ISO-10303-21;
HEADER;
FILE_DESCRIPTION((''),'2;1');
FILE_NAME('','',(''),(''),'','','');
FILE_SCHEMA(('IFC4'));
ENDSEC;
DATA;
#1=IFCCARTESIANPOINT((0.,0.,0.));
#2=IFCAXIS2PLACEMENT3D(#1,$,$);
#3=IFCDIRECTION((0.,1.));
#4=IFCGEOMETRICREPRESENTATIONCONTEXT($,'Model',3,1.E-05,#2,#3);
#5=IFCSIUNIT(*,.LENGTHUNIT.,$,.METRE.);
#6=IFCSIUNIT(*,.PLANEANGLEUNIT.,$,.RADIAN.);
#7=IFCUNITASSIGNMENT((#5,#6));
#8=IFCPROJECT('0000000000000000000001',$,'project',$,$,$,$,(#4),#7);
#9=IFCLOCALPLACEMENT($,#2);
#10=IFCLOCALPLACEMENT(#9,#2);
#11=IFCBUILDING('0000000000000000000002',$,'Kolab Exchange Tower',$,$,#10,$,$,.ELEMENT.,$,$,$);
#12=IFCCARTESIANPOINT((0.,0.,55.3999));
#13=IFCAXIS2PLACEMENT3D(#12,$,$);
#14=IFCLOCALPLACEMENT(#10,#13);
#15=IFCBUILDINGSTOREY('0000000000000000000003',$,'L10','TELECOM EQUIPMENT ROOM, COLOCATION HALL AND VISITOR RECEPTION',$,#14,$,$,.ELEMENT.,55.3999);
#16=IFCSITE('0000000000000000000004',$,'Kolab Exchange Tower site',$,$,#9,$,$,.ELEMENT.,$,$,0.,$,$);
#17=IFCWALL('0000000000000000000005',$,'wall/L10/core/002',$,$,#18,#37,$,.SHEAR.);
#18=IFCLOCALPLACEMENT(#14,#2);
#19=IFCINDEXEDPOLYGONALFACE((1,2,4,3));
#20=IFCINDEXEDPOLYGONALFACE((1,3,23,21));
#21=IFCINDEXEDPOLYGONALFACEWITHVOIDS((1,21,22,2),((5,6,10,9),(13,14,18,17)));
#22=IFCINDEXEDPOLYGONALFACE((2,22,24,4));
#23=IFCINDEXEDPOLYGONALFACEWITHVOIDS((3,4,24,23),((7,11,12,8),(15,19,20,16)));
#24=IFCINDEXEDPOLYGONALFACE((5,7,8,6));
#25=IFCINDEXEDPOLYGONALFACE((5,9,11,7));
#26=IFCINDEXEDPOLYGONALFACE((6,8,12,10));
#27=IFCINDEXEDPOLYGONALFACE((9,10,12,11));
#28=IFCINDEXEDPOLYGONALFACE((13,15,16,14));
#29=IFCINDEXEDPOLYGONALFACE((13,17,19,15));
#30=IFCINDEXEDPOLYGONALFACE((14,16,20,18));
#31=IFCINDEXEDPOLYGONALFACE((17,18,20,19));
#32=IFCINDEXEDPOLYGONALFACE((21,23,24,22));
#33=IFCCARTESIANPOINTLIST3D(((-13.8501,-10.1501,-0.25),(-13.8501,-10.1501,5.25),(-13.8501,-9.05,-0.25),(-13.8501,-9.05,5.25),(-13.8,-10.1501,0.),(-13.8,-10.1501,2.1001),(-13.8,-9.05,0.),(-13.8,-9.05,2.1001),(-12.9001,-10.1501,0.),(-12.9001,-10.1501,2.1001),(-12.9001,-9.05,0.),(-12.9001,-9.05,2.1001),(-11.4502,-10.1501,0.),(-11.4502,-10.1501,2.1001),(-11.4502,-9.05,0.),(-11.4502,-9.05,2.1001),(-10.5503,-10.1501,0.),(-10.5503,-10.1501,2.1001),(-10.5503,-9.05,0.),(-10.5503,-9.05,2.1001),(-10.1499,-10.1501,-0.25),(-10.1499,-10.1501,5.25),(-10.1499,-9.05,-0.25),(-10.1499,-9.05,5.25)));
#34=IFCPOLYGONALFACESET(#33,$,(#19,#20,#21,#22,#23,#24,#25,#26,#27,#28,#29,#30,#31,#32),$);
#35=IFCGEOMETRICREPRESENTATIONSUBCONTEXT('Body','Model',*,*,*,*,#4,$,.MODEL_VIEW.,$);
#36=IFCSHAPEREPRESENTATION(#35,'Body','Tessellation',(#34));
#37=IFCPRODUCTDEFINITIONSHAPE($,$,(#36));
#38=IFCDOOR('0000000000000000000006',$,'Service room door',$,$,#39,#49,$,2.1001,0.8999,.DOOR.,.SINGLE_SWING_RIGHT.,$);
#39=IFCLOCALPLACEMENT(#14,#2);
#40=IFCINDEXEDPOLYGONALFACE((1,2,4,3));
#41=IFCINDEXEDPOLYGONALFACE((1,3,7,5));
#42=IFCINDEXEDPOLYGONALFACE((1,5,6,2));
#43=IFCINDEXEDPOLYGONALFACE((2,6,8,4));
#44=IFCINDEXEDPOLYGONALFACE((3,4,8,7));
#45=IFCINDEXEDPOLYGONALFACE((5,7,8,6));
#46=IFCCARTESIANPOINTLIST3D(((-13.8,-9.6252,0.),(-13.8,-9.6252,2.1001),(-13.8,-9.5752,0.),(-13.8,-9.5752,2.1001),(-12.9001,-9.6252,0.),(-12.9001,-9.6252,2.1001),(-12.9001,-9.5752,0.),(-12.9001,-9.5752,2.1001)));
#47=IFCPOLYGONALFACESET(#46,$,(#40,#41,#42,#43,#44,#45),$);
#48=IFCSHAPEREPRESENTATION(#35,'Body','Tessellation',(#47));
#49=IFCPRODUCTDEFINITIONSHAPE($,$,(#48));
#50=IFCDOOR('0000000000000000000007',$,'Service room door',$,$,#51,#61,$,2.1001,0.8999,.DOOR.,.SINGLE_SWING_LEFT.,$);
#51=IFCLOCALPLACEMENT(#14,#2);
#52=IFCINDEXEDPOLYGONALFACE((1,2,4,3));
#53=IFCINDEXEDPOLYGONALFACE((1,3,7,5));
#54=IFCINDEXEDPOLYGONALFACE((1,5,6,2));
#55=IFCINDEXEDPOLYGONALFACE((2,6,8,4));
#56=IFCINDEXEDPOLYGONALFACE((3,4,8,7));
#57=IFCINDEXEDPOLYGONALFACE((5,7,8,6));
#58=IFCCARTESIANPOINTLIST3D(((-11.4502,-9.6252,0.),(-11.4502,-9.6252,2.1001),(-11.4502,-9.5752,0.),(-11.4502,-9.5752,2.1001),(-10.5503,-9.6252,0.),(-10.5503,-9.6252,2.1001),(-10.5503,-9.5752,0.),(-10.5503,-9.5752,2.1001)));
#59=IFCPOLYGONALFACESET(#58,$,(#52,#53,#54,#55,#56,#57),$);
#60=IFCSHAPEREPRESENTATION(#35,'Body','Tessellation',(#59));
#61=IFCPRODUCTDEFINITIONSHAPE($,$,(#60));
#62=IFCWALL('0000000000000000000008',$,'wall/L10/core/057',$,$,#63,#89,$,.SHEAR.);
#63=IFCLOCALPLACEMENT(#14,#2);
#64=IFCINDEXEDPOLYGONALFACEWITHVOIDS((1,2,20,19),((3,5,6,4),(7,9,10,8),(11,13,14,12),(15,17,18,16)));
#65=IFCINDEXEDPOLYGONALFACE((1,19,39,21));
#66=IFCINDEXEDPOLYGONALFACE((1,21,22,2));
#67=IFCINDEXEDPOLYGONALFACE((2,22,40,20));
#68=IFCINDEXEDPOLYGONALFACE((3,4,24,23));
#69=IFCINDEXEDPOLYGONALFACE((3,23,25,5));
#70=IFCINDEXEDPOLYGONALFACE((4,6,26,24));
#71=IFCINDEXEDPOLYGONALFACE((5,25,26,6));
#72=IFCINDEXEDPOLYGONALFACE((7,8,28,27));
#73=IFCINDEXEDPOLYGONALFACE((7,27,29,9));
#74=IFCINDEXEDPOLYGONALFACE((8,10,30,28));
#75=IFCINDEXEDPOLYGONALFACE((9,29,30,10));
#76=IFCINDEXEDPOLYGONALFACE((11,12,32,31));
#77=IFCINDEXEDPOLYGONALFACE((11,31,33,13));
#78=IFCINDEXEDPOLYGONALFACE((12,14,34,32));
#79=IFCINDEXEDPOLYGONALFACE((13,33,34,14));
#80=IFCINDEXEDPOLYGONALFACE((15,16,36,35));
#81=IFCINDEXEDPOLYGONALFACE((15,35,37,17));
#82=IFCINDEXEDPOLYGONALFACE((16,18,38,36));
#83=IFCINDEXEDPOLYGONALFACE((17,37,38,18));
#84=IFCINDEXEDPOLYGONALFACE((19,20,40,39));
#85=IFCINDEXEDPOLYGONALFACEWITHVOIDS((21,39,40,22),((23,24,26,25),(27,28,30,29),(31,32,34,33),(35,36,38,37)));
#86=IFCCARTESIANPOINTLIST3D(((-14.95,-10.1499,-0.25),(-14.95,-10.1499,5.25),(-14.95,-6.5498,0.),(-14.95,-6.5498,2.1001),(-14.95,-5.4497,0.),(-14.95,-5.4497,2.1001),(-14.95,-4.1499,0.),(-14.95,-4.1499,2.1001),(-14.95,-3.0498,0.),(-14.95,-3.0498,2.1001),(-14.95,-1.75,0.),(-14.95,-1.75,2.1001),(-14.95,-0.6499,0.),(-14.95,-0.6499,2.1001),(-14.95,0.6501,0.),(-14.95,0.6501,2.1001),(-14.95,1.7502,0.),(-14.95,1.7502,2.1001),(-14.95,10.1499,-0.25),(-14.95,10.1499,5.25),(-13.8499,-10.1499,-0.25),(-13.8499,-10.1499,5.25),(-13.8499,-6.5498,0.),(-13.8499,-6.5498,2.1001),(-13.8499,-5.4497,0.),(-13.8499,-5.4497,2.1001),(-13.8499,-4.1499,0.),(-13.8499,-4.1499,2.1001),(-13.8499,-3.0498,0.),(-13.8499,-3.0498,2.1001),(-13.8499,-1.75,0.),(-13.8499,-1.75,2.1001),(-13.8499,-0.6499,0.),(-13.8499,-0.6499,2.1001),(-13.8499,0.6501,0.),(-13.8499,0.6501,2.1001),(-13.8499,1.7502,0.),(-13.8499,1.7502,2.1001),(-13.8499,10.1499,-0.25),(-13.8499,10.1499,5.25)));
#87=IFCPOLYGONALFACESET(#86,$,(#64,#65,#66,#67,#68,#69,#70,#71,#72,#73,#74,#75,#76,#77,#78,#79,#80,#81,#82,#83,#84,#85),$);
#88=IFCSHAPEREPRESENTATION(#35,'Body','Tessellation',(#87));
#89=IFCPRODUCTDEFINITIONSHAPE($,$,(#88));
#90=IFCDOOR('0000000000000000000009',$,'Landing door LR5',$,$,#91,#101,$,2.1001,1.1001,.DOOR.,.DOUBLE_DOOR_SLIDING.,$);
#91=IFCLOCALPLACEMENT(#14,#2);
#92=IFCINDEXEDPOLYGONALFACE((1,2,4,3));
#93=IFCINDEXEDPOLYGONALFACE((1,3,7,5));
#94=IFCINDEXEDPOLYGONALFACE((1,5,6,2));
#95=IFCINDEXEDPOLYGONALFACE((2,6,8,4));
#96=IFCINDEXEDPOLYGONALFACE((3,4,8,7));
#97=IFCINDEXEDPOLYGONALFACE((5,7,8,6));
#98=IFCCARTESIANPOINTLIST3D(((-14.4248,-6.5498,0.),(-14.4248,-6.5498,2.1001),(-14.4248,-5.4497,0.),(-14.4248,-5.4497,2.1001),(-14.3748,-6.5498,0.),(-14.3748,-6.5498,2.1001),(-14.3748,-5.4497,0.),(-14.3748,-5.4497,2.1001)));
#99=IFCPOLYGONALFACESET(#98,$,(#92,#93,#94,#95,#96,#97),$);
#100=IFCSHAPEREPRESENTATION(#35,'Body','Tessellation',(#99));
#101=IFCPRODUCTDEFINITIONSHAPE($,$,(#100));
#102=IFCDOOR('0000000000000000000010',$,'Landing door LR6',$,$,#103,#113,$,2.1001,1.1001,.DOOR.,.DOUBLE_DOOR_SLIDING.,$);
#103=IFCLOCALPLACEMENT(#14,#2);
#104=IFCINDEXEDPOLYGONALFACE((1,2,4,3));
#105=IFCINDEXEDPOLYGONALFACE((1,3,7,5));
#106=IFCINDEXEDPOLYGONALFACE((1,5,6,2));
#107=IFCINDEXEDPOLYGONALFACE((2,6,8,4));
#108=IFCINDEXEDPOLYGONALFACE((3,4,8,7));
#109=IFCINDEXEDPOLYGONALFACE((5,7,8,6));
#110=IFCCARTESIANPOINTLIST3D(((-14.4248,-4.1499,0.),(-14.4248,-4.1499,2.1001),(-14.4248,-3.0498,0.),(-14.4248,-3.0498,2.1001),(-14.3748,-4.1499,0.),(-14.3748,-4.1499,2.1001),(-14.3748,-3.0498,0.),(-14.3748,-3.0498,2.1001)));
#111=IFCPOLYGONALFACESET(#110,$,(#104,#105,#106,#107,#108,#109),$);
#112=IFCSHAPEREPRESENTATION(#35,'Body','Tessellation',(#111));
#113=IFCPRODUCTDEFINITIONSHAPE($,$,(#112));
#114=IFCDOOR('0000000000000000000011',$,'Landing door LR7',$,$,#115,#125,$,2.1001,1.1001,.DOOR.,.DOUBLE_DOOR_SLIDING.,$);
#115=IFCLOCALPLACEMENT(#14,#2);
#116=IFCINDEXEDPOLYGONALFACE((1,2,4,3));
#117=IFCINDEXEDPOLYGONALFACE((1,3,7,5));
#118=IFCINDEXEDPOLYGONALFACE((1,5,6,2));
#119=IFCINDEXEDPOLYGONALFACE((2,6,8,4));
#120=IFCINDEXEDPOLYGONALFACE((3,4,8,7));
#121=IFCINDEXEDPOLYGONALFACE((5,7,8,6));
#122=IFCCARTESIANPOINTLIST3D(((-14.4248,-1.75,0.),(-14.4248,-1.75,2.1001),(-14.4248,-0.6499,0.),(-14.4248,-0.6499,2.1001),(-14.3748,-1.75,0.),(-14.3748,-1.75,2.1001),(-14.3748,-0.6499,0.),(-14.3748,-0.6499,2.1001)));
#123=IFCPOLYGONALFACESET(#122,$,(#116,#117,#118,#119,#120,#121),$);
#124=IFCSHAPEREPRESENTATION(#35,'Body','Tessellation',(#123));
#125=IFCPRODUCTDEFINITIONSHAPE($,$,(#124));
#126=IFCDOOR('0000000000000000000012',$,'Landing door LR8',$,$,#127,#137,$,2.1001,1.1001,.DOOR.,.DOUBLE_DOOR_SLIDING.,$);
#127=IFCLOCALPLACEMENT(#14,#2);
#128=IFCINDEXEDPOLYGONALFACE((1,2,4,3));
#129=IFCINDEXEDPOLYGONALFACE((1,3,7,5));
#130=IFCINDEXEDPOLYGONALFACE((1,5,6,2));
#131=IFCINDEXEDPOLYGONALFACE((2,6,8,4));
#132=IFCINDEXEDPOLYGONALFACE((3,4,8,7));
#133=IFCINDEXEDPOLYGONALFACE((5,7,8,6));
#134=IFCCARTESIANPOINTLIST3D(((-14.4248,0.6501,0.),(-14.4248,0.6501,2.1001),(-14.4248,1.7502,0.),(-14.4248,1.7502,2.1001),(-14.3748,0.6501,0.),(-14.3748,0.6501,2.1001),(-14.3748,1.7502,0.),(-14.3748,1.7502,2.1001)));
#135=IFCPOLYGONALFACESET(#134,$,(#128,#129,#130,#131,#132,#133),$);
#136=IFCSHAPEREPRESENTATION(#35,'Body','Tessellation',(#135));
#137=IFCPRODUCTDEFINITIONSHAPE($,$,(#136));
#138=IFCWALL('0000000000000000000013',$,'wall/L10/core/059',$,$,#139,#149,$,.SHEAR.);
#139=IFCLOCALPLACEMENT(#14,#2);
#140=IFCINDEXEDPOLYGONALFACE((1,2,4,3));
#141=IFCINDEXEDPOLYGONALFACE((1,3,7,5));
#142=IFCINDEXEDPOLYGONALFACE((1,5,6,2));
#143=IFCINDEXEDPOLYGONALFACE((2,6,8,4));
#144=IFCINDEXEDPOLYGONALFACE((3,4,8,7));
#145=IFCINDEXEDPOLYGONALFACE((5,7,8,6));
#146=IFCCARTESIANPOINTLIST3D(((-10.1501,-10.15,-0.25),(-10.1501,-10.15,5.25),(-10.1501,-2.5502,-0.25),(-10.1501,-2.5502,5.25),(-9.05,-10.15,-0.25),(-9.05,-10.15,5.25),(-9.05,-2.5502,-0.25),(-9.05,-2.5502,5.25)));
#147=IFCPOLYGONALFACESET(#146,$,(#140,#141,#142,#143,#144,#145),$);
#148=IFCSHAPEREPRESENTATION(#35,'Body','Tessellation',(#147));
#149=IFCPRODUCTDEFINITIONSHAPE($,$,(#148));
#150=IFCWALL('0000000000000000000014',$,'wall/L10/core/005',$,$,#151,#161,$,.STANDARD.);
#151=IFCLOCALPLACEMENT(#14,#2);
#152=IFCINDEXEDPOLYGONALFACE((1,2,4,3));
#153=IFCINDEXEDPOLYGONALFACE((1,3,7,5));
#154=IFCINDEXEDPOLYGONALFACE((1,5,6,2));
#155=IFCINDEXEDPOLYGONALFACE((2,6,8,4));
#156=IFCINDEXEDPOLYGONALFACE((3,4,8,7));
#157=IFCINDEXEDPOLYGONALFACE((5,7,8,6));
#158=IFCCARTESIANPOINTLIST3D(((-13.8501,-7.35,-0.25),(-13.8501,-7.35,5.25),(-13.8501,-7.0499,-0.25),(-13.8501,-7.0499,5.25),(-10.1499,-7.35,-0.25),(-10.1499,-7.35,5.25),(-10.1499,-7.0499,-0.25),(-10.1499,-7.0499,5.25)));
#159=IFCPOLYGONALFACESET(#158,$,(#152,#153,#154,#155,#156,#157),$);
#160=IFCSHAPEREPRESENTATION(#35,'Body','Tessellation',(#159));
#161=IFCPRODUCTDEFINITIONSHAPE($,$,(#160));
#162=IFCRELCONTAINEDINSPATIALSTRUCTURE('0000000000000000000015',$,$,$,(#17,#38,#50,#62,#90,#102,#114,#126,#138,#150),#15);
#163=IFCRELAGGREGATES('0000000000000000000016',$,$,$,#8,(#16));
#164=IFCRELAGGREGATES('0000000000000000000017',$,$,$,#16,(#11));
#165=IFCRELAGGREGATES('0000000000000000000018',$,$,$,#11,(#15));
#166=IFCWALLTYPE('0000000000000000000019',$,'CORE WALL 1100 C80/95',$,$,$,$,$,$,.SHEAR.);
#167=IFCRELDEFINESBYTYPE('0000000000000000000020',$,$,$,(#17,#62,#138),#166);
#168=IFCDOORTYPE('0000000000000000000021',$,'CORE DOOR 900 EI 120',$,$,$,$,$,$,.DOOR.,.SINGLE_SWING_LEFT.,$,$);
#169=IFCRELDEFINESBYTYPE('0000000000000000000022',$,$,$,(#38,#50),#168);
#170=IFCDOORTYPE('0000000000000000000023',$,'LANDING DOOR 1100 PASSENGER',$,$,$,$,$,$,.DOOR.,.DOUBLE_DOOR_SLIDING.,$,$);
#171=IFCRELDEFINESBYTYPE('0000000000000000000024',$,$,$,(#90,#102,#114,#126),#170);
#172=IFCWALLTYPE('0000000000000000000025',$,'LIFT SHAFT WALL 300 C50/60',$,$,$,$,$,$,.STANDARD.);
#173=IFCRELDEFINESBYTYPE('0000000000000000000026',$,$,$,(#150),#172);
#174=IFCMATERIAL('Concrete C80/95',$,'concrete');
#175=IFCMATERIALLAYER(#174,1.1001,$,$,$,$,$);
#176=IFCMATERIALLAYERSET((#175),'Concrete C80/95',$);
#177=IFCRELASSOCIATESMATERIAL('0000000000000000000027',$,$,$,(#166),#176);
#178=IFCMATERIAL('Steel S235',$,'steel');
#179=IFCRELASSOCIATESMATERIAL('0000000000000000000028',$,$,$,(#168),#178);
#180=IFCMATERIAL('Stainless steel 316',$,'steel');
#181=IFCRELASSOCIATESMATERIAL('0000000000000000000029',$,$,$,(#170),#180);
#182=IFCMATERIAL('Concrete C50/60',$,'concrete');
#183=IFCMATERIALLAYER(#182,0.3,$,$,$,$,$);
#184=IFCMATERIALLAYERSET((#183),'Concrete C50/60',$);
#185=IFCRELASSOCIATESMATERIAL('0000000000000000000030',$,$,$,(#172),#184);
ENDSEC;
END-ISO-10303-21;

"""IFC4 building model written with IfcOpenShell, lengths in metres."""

from ifc_helpers import new_model, si_unit, direction, frame, frame_2d, origin, place, context, subcontext, project, spatial, rectangle, extrude, material, layer, layer_set, type_object, element, fill, save


model = new_model("IFC4")

# Units and contexts
model_context = context("Model", 3, precision=1e-05, world=origin(), true_north=direction((0.0, 1.0)))
body_context = subcontext(model_context, "Body", "Model", "MODEL_VIEW")
ifc_project = project(units=[si_unit("LENGTHUNIT", "METRE"), si_unit("PLANEANGLEUNIT", "RADIAN")], contexts=[model_context])

# Site, building, storey
site_placement = place(None, origin())
site = spatial("IfcSite", under=ifc_project, at=site_placement, Name="Kolab Exchange Tower site", CompositionType="ELEMENT", RefElevation=0.0)
building_placement = place(site_placement, origin())
building = spatial("IfcBuilding", under=site, at=building_placement, Name="Kolab Exchange Tower", CompositionType="ELEMENT")
storey_placement = place(building_placement, frame((0.0, 0.0, 55.3999)))
storey = spatial("IfcBuildingStorey", under=building, at=storey_placement, Name="L10", Description="TELECOM EQUIPMENT ROOM, COLOCATION HALL AND VISITOR RECEPTION", CompositionType="ELEMENT", Elevation=55.3999)

# Walls, openings, doors
ifc_material_1 = material(Name="Concrete C80/95", Category="concrete")
ifc_layer_1 = layer(ifc_material_1, 1.1001)
ifc_layer_set_1 = layer_set([ifc_layer_1], Name="Concrete C80/95")
wall_type_1 = type_object("IfcWallType", Name="CORE WALL 1100 C80/95", PredefinedType="SHEAR", material=ifc_layer_set_1)
wall_1_placement = place(storey_placement, frame((-13.8501, -9.6001, -0.25), z_axis=(0.0, 0.0, 1.0), x_axis=(1.0, 0.0, 0.0)))
wall_1 = element("IfcWall", 1, at=wall_1_placement, inside=storey, type_object=wall_type_1, Name="wall/L10/core/002", PredefinedType="SHEAR", context=body_context, shape_type="SweptSolid", body=[
    extrude(rectangle(XDim=3.7002, YDim=1.1001, at=frame_2d((1.8501, 0.0))), origin(), (0.0, 0.0, 1.0), 5.5),
])
opening_1_placement = place(wall_1_placement, frame((0.05, 0.0, 0.25)))
opening_1 = element("IfcOpeningElement", 2, at=opening_1_placement, cuts=wall_1, PredefinedType="OPENING", context=body_context, shape_type="SweptSolid", body=[
    extrude(rectangle(XDim=0.8999, YDim=2.1001, at=frame_2d((0.45, 1.05))), frame((0.0, 0.5601, 0.0), z_axis=(0.0, -1.0, 0.0), x_axis=(1.0, 0.0, 0.0)), (0.0, 0.0, 1.0), 1.1201),
])
opening_2_placement = place(wall_1_placement, frame((2.3999, 0.0, 0.25)))
opening_2 = element("IfcOpeningElement", 3, at=opening_2_placement, cuts=wall_1, PredefinedType="OPENING", context=body_context, shape_type="SweptSolid", body=[
    extrude(rectangle(XDim=0.8999, YDim=2.1001, at=frame_2d((0.45, 1.05))), frame((0.0, 0.5601, 0.0), z_axis=(0.0, -1.0, 0.0), x_axis=(1.0, 0.0, 0.0)), (0.0, 0.0, 1.0), 1.1201),
])
ifc_material_2 = material(Name="Steel S235", Category="steel")
door_type_1 = type_object("IfcDoorType", Name="CORE DOOR 900 EI 120", OperationType="SINGLE_SWING_LEFT", PredefinedType="DOOR", material=ifc_material_2)
door_1_placement = place(opening_1_placement, origin())
door_1 = element("IfcDoor", 4, at=door_1_placement, inside=storey, type_object=door_type_1, Name="Service room door", OperationType="SINGLE_SWING_RIGHT", OverallHeight=2.1001, OverallWidth=0.8999, PredefinedType="DOOR", context=body_context, shape_type="SweptSolid", body=[
    extrude(rectangle(XDim=0.8999, YDim=2.1001, at=frame_2d((0.45, 1.05))), frame((0.0, 0.0249, 0.0), z_axis=(0.0, -1.0, 0.0), x_axis=(1.0, 0.0, 0.0)), (0.0, 0.0, 1.0), 0.05),
])
fill(opening_1, door_1)
door_2_placement = place(opening_2_placement, origin())
door_2 = element("IfcDoor", 5, at=door_2_placement, inside=storey, type_object=door_type_1, Name="Service room door", OperationType="SINGLE_SWING_LEFT", OverallHeight=2.1001, OverallWidth=0.8999, PredefinedType="DOOR", context=body_context, shape_type="SweptSolid", body=[
    extrude(rectangle(XDim=0.8999, YDim=2.1001, at=frame_2d((0.45, 1.05))), frame((0.0, 0.0249, 0.0), z_axis=(0.0, -1.0, 0.0), x_axis=(1.0, 0.0, 0.0)), (0.0, 0.0, 1.0), 0.05),
])
fill(opening_2, door_2)
wall_2_placement = place(storey_placement, frame((-14.3999, -10.1499, -0.25), z_axis=(0.0, 0.0, 1.0), x_axis=(0.0, 1.0, 0.0)))
wall_2 = element("IfcWall", 6, at=wall_2_placement, inside=storey, type_object=wall_type_1, Name="wall/L10/core/057", PredefinedType="SHEAR", context=body_context, shape_type="SweptSolid", body=[
    extrude(rectangle(XDim=20.2998, YDim=1.1001, at=frame_2d((10.1499, 0.0))), origin(), (0.0, 0.0, 1.0), 5.5),
])
opening_3_placement = place(wall_2_placement, frame((3.6001, 0.0, 0.25)))
opening_3 = element("IfcOpeningElement", 7, at=opening_3_placement, cuts=wall_2, PredefinedType="OPENING", context=body_context, shape_type="SweptSolid", body=[
    extrude(rectangle(XDim=1.1001, YDim=2.1001, at=frame_2d((0.55, 1.05))), frame((0.0, 0.5601, 0.0), z_axis=(0.0, -1.0, 0.0), x_axis=(1.0, 0.0, 0.0)), (0.0, 0.0, 1.0), 1.1201),
])
opening_4_placement = place(wall_2_placement, frame((6.0, 0.0, 0.25)))
opening_4 = element("IfcOpeningElement", 8, at=opening_4_placement, cuts=wall_2, PredefinedType="OPENING", context=body_context, shape_type="SweptSolid", body=[
    extrude(rectangle(XDim=1.1001, YDim=2.1001, at=frame_2d((0.55, 1.05))), frame((0.0, 0.5601, 0.0), z_axis=(0.0, -1.0, 0.0), x_axis=(1.0, 0.0, 0.0)), (0.0, 0.0, 1.0), 1.1201),
])
opening_5_placement = place(wall_2_placement, frame((8.3999, 0.0, 0.25)))
opening_5 = element("IfcOpeningElement", 9, at=opening_5_placement, cuts=wall_2, PredefinedType="OPENING", context=body_context, shape_type="SweptSolid", body=[
    extrude(rectangle(XDim=1.1001, YDim=2.1001, at=frame_2d((0.55, 1.05))), frame((0.0, 0.5601, 0.0), z_axis=(0.0, -1.0, 0.0), x_axis=(1.0, 0.0, 0.0)), (0.0, 0.0, 1.0), 1.1201),
])
opening_6_placement = place(wall_2_placement, frame((10.8, 0.0, 0.25)))
opening_6 = element("IfcOpeningElement", 10, at=opening_6_placement, cuts=wall_2, PredefinedType="OPENING", context=body_context, shape_type="SweptSolid", body=[
    extrude(rectangle(XDim=1.1001, YDim=2.1001, at=frame_2d((0.55, 1.05))), frame((0.0, 0.5601, 0.0), z_axis=(0.0, -1.0, 0.0), x_axis=(1.0, 0.0, 0.0)), (0.0, 0.0, 1.0), 1.1201),
])
ifc_material_3 = material(Name="Stainless steel 316", Category="steel")
door_type_2 = type_object("IfcDoorType", Name="LANDING DOOR 1100 PASSENGER", OperationType="DOUBLE_DOOR_SLIDING", PredefinedType="DOOR", material=ifc_material_3)
door_3_placement = place(opening_3_placement, origin())
door_3 = element("IfcDoor", 11, at=door_3_placement, inside=storey, type_object=door_type_2, Name="Landing door LR5", OperationType="DOUBLE_DOOR_SLIDING", OverallHeight=2.1001, OverallWidth=1.1001, PredefinedType="DOOR", context=body_context, shape_type="SweptSolid", body=[
    extrude(rectangle(XDim=1.1001, YDim=2.1001, at=frame_2d((0.55, 1.05))), frame((0.0, 0.0249, 0.0), z_axis=(0.0, -1.0, 0.0), x_axis=(1.0, 0.0, 0.0)), (0.0, 0.0, 1.0), 0.05),
])
fill(opening_3, door_3)
door_4_placement = place(opening_4_placement, origin())
door_4 = element("IfcDoor", 12, at=door_4_placement, inside=storey, type_object=door_type_2, Name="Landing door LR6", OperationType="DOUBLE_DOOR_SLIDING", OverallHeight=2.1001, OverallWidth=1.1001, PredefinedType="DOOR", context=body_context, shape_type="SweptSolid", body=[
    extrude(rectangle(XDim=1.1001, YDim=2.1001, at=frame_2d((0.55, 1.05))), frame((0.0, 0.0249, 0.0), z_axis=(0.0, -1.0, 0.0), x_axis=(1.0, 0.0, 0.0)), (0.0, 0.0, 1.0), 0.05),
])
fill(opening_4, door_4)
door_5_placement = place(opening_5_placement, origin())
door_5 = element("IfcDoor", 13, at=door_5_placement, inside=storey, type_object=door_type_2, Name="Landing door LR7", OperationType="DOUBLE_DOOR_SLIDING", OverallHeight=2.1001, OverallWidth=1.1001, PredefinedType="DOOR", context=body_context, shape_type="SweptSolid", body=[
    extrude(rectangle(XDim=1.1001, YDim=2.1001, at=frame_2d((0.55, 1.05))), frame((0.0, 0.0249, 0.0), z_axis=(0.0, -1.0, 0.0), x_axis=(1.0, 0.0, 0.0)), (0.0, 0.0, 1.0), 0.05),
])
fill(opening_5, door_5)
door_6_placement = place(opening_6_placement, origin())
door_6 = element("IfcDoor", 14, at=door_6_placement, inside=storey, type_object=door_type_2, Name="Landing door LR8", OperationType="DOUBLE_DOOR_SLIDING", OverallHeight=2.1001, OverallWidth=1.1001, PredefinedType="DOOR", context=body_context, shape_type="SweptSolid", body=[
    extrude(rectangle(XDim=1.1001, YDim=2.1001, at=frame_2d((0.55, 1.05))), frame((0.0, 0.0249, 0.0), z_axis=(0.0, -1.0, 0.0), x_axis=(1.0, 0.0, 0.0)), (0.0, 0.0, 1.0), 0.05),
])
fill(opening_6, door_6)

# Walls
wall_3_placement = place(storey_placement, frame((-9.6001, -10.1499, -0.25), z_axis=(0.0, 0.0, 1.0), x_axis=(0.0, 1.0, 0.0)))
element("IfcWall", 15, at=wall_3_placement, inside=storey, type_object=wall_type_1, Name="wall/L10/core/059", PredefinedType="SHEAR", context=body_context, shape_type="SweptSolid", body=[
    extrude(rectangle(XDim=7.5999, YDim=1.1001, at=frame_2d((3.7998, 0.0))), origin(), (0.0, 0.0, 1.0), 5.5),
])
ifc_material_4 = material(Name="Concrete C50/60", Category="concrete")
ifc_layer_2 = layer(ifc_material_4, 0.3)
ifc_layer_set_2 = layer_set([ifc_layer_2], Name="Concrete C50/60")
wall_type_2 = type_object("IfcWallType", Name="LIFT SHAFT WALL 300 C50/60", PredefinedType="STANDARD", material=ifc_layer_set_2)
wall_4_placement = place(storey_placement, frame((-13.8501, -7.2, -0.25), z_axis=(0.0, 0.0, 1.0), x_axis=(1.0, 0.0, 0.0)))
element("IfcWall", 16, at=wall_4_placement, inside=storey, type_object=wall_type_2, Name="wall/L10/core/005", PredefinedType="STANDARD", context=body_context, shape_type="SweptSolid", body=[
    extrude(rectangle(XDim=3.7002, YDim=0.3, at=frame_2d((1.8501, 0.0))), origin(), (0.0, 0.0, 1.0), 5.5),
])

save(model, "model.ifc")
